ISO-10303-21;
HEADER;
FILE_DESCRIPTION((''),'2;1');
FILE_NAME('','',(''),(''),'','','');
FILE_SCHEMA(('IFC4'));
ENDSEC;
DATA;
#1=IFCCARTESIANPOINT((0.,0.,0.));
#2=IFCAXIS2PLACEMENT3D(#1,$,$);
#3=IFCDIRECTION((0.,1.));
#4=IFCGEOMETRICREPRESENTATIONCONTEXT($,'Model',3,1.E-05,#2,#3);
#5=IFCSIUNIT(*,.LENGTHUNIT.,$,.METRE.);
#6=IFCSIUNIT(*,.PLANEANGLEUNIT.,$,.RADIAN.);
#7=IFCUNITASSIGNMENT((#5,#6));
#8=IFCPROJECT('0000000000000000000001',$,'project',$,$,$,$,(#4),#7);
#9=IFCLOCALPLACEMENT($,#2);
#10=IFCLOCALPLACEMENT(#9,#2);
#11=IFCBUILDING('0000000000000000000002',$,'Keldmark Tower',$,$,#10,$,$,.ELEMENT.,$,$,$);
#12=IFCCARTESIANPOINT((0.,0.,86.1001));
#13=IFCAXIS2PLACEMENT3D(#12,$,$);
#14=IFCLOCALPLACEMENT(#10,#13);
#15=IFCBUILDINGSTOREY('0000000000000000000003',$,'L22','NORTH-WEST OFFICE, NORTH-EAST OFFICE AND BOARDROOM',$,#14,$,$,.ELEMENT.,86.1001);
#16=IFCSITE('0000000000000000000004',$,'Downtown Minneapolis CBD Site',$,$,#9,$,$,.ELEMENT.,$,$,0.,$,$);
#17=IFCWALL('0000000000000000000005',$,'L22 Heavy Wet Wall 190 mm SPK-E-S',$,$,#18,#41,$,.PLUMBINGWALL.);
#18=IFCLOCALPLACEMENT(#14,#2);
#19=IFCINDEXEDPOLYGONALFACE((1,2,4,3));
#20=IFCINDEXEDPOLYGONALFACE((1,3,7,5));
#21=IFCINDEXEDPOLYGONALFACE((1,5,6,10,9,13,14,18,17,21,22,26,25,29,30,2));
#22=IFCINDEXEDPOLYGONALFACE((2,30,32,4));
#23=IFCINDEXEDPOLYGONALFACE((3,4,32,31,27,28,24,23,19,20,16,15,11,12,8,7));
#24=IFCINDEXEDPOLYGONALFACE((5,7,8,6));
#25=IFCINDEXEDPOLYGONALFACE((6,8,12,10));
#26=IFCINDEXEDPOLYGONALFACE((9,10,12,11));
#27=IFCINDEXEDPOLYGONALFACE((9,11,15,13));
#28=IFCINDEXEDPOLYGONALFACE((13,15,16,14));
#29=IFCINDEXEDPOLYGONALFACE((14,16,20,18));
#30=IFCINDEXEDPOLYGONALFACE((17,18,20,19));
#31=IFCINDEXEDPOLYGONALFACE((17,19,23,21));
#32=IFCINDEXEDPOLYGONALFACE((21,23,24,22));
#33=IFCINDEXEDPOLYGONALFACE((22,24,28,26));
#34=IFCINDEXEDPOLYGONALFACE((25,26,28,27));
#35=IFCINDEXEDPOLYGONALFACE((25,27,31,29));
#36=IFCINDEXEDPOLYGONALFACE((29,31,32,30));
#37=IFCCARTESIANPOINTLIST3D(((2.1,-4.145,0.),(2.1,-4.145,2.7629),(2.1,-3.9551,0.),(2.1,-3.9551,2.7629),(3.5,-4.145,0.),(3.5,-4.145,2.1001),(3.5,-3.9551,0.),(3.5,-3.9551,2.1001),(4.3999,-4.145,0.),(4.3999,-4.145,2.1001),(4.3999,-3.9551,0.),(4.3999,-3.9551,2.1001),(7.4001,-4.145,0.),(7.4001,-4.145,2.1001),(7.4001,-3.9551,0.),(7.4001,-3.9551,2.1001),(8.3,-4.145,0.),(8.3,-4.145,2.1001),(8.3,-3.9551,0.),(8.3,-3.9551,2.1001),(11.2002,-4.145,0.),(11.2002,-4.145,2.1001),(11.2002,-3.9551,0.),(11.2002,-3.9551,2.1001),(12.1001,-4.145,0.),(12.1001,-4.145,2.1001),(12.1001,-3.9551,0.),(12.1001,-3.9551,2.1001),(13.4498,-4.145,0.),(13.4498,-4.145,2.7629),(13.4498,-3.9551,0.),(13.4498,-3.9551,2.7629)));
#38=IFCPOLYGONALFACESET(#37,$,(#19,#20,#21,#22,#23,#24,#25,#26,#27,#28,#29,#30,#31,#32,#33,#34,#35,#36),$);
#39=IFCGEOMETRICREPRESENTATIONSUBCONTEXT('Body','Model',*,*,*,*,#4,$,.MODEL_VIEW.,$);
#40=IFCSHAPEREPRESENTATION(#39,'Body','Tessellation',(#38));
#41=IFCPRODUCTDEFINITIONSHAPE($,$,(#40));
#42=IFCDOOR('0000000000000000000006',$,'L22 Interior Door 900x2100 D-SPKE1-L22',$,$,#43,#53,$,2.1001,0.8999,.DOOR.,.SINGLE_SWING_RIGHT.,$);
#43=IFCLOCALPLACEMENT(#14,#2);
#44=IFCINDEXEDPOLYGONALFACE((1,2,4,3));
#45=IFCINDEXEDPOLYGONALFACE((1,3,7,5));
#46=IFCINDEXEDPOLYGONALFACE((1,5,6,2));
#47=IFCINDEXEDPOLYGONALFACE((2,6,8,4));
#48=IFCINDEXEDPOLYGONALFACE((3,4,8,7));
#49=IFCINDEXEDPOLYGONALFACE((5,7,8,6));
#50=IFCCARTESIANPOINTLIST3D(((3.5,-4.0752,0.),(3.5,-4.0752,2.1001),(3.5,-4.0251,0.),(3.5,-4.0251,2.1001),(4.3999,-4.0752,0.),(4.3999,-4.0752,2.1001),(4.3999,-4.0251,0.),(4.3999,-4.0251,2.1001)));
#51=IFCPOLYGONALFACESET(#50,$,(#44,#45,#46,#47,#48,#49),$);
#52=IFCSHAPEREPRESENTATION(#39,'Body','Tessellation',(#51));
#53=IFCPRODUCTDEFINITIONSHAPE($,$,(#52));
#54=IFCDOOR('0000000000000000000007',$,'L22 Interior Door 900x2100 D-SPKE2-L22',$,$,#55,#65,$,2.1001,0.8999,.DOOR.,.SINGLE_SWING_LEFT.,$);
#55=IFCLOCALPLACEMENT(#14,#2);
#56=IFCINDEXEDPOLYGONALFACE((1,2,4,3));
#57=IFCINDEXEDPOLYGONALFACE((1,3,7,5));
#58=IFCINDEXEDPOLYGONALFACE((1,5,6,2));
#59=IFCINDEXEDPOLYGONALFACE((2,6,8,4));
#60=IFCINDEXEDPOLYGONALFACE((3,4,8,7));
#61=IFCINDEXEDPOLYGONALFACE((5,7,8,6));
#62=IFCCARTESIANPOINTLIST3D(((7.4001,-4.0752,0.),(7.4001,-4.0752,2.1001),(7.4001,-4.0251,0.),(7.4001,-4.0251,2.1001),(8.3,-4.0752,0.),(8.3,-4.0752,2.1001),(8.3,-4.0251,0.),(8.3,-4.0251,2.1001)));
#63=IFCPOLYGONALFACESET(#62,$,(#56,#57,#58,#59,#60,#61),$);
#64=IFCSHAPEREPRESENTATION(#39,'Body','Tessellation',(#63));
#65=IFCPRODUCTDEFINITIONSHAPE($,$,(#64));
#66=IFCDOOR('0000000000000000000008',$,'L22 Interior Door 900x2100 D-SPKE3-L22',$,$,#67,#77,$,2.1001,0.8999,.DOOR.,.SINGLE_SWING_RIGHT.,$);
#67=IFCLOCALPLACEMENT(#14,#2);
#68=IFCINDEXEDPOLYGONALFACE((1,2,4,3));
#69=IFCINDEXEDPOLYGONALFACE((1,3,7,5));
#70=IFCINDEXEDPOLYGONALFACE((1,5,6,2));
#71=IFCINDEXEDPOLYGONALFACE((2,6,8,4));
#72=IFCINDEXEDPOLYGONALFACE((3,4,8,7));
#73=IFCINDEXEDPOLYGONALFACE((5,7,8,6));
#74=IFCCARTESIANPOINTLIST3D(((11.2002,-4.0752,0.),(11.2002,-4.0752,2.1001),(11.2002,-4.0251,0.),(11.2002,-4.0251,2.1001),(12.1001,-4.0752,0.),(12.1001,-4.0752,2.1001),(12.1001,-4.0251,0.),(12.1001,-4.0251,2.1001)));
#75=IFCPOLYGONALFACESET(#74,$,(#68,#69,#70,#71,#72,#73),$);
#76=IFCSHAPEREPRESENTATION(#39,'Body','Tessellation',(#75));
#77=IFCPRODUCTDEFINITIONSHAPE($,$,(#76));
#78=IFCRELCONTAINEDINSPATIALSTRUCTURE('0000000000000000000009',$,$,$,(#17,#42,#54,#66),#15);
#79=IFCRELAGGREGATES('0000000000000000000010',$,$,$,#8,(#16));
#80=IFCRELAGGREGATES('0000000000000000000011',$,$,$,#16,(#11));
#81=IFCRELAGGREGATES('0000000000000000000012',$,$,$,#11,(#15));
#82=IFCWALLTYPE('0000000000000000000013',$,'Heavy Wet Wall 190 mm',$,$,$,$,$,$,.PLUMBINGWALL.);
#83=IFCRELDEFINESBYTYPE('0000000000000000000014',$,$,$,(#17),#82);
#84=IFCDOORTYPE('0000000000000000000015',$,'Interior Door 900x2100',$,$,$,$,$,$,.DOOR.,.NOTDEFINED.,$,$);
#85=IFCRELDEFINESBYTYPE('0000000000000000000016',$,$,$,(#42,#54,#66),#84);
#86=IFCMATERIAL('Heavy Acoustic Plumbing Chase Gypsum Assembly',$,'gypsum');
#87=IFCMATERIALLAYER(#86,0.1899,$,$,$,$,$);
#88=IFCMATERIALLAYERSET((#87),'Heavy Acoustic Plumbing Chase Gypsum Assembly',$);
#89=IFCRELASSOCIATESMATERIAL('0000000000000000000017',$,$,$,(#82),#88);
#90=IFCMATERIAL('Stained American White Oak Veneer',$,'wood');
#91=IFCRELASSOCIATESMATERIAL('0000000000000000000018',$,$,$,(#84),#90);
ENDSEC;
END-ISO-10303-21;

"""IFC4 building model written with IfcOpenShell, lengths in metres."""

from ifc_helpers import new_model, si_unit, direction, frame, frame_2d, origin, place, context, subcontext, project, spatial, rectangle, extrude, material, layer, layer_set, type_object, element, fill, save


model = new_model("IFC4")

# Units and contexts
model_context = context("Model", 3, precision=1e-05, world=origin(), true_north=direction((0.0, 1.0)))
body_context = subcontext(model_context, "Body", "Model", "MODEL_VIEW")
ifc_project = project(units=[si_unit("LENGTHUNIT", "METRE"), si_unit("PLANEANGLEUNIT", "RADIAN")], contexts=[model_context])

# Site, building, storey
site_placement = place(None, origin())
site = spatial("IfcSite", under=ifc_project, at=site_placement, Name="Downtown Minneapolis CBD Site", CompositionType="ELEMENT", RefElevation=0.0)
building_placement = place(site_placement, origin())
building = spatial("IfcBuilding", under=site, at=building_placement, Name="Keldmark Tower", CompositionType="ELEMENT")
storey_placement = place(building_placement, frame((0.0, 0.0, 86.1001)))
storey = spatial("IfcBuildingStorey", under=building, at=storey_placement, Name="L22", Description="NORTH-WEST OFFICE, NORTH-EAST OFFICE AND BOARDROOM", CompositionType="ELEMENT", Elevation=86.1001)

# Wall, openings, doors
ifc_material_1 = material(Name="Heavy Acoustic Plumbing Chase Gypsum Assembly", Category="gypsum")
ifc_layer = layer(ifc_material_1, 0.1899)
ifc_layer_set = layer_set([ifc_layer], Name="Heavy Acoustic Plumbing Chase Gypsum Assembly")
wall_type = type_object("IfcWallType", Name="Heavy Wet Wall 190 mm", PredefinedType="PLUMBINGWALL", material=ifc_layer_set)
wall_placement = place(storey_placement, frame((2.1001, -4.05, 0.0), z_axis=(0.0, 0.0, 1.0), x_axis=(1.0, 0.0, 0.0)))
wall = element("IfcWall", 1, at=wall_placement, inside=storey, type_object=wall_type, Name="L22 Heavy Wet Wall 190 mm SPK-E-S", PredefinedType="PLUMBINGWALL", context=body_context, shape_type="SweptSolid", body=[
    extrude(rectangle(XDim=11.3499, YDim=0.1899, at=frame_2d((5.6748, 0.0))), origin(), (0.0, 0.0, 1.0), 2.7629),
])
opening_1_placement = place(wall_placement, frame((1.3999, 0.0, 0.0)))
opening_1 = element("IfcOpeningElement", 2, at=opening_1_placement, cuts=wall, PredefinedType="OPENING", context=body_context, shape_type="SweptSolid", body=[
    extrude(rectangle(XDim=0.8999, YDim=2.1001, at=frame_2d((0.45, 1.05))), frame((0.0, 0.105, 0.0), z_axis=(0.0, -1.0, 0.0), x_axis=(1.0, 0.0, 0.0)), (0.0, 0.0, 1.0), 0.21),
])
opening_2_placement = place(wall_placement, frame((5.3, 0.0, 0.0)))
opening_2 = element("IfcOpeningElement", 3, at=opening_2_placement, cuts=wall, PredefinedType="OPENING", context=body_context, shape_type="SweptSolid", body=[
    extrude(rectangle(XDim=0.8999, YDim=2.1001, at=frame_2d((0.45, 1.05))), frame((0.0, 0.105, 0.0), z_axis=(0.0, -1.0, 0.0), x_axis=(1.0, 0.0, 0.0)), (0.0, 0.0, 1.0), 0.21),
])
opening_3_placement = place(wall_placement, frame((9.1001, 0.0, 0.0)))
opening_3 = element("IfcOpeningElement", 4, at=opening_3_placement, cuts=wall, PredefinedType="OPENING", context=body_context, shape_type="SweptSolid", body=[
    extrude(rectangle(XDim=0.8999, YDim=2.1001, at=frame_2d((0.45, 1.05))), frame((0.0, 0.105, 0.0), z_axis=(0.0, -1.0, 0.0), x_axis=(1.0, 0.0, 0.0)), (0.0, 0.0, 1.0), 0.21),
])
ifc_material_2 = material(Name="Stained American White Oak Veneer", Category="wood")
door_type = type_object("IfcDoorType", Name="Interior Door 900x2100", OperationType="NOTDEFINED", PredefinedType="DOOR", material=ifc_material_2)
door_1_placement = place(opening_1_placement, origin())
door_1 = element("IfcDoor", 5, at=door_1_placement, inside=storey, type_object=door_type, Name="L22 Interior Door 900x2100 D-SPKE1-L22", OperationType="SINGLE_SWING_RIGHT", OverallHeight=2.1001, OverallWidth=0.8999, PredefinedType="DOOR", context=body_context, shape_type="SweptSolid", body=[
    extrude(rectangle(XDim=0.8999, YDim=2.1001, at=frame_2d((0.45, 1.05))), frame((0.0, 0.0249, 0.0), z_axis=(0.0, -1.0, 0.0), x_axis=(1.0, 0.0, 0.0)), (0.0, 0.0, 1.0), 0.05),
])
fill(opening_1, door_1)
door_2_placement = place(opening_2_placement, origin())
door_2 = element("IfcDoor", 6, at=door_2_placement, inside=storey, type_object=door_type, Name="L22 Interior Door 900x2100 D-SPKE2-L22", OperationType="SINGLE_SWING_LEFT", OverallHeight=2.1001, OverallWidth=0.8999, PredefinedType="DOOR", context=body_context, shape_type="SweptSolid", body=[
    extrude(rectangle(XDim=0.8999, YDim=2.1001, at=frame_2d((0.45, 1.05))), frame((0.0, 0.0249, 0.0), z_axis=(0.0, -1.0, 0.0), x_axis=(1.0, 0.0, 0.0)), (0.0, 0.0, 1.0), 0.05),
])
fill(opening_2, door_2)
door_3_placement = place(opening_3_placement, origin())
door_3 = element("IfcDoor", 7, at=door_3_placement, inside=storey, type_object=door_type, Name="L22 Interior Door 900x2100 D-SPKE3-L22", OperationType="SINGLE_SWING_RIGHT", OverallHeight=2.1001, OverallWidth=0.8999, PredefinedType="DOOR", context=body_context, shape_type="SweptSolid", body=[
    extrude(rectangle(XDim=0.8999, YDim=2.1001, at=frame_2d((0.45, 1.05))), frame((0.0, 0.0249, 0.0), z_axis=(0.0, -1.0, 0.0), x_axis=(1.0, 0.0, 0.0)), (0.0, 0.0, 1.0), 0.05),
])
fill(opening_3, door_3)

save(model, "model.ifc")
